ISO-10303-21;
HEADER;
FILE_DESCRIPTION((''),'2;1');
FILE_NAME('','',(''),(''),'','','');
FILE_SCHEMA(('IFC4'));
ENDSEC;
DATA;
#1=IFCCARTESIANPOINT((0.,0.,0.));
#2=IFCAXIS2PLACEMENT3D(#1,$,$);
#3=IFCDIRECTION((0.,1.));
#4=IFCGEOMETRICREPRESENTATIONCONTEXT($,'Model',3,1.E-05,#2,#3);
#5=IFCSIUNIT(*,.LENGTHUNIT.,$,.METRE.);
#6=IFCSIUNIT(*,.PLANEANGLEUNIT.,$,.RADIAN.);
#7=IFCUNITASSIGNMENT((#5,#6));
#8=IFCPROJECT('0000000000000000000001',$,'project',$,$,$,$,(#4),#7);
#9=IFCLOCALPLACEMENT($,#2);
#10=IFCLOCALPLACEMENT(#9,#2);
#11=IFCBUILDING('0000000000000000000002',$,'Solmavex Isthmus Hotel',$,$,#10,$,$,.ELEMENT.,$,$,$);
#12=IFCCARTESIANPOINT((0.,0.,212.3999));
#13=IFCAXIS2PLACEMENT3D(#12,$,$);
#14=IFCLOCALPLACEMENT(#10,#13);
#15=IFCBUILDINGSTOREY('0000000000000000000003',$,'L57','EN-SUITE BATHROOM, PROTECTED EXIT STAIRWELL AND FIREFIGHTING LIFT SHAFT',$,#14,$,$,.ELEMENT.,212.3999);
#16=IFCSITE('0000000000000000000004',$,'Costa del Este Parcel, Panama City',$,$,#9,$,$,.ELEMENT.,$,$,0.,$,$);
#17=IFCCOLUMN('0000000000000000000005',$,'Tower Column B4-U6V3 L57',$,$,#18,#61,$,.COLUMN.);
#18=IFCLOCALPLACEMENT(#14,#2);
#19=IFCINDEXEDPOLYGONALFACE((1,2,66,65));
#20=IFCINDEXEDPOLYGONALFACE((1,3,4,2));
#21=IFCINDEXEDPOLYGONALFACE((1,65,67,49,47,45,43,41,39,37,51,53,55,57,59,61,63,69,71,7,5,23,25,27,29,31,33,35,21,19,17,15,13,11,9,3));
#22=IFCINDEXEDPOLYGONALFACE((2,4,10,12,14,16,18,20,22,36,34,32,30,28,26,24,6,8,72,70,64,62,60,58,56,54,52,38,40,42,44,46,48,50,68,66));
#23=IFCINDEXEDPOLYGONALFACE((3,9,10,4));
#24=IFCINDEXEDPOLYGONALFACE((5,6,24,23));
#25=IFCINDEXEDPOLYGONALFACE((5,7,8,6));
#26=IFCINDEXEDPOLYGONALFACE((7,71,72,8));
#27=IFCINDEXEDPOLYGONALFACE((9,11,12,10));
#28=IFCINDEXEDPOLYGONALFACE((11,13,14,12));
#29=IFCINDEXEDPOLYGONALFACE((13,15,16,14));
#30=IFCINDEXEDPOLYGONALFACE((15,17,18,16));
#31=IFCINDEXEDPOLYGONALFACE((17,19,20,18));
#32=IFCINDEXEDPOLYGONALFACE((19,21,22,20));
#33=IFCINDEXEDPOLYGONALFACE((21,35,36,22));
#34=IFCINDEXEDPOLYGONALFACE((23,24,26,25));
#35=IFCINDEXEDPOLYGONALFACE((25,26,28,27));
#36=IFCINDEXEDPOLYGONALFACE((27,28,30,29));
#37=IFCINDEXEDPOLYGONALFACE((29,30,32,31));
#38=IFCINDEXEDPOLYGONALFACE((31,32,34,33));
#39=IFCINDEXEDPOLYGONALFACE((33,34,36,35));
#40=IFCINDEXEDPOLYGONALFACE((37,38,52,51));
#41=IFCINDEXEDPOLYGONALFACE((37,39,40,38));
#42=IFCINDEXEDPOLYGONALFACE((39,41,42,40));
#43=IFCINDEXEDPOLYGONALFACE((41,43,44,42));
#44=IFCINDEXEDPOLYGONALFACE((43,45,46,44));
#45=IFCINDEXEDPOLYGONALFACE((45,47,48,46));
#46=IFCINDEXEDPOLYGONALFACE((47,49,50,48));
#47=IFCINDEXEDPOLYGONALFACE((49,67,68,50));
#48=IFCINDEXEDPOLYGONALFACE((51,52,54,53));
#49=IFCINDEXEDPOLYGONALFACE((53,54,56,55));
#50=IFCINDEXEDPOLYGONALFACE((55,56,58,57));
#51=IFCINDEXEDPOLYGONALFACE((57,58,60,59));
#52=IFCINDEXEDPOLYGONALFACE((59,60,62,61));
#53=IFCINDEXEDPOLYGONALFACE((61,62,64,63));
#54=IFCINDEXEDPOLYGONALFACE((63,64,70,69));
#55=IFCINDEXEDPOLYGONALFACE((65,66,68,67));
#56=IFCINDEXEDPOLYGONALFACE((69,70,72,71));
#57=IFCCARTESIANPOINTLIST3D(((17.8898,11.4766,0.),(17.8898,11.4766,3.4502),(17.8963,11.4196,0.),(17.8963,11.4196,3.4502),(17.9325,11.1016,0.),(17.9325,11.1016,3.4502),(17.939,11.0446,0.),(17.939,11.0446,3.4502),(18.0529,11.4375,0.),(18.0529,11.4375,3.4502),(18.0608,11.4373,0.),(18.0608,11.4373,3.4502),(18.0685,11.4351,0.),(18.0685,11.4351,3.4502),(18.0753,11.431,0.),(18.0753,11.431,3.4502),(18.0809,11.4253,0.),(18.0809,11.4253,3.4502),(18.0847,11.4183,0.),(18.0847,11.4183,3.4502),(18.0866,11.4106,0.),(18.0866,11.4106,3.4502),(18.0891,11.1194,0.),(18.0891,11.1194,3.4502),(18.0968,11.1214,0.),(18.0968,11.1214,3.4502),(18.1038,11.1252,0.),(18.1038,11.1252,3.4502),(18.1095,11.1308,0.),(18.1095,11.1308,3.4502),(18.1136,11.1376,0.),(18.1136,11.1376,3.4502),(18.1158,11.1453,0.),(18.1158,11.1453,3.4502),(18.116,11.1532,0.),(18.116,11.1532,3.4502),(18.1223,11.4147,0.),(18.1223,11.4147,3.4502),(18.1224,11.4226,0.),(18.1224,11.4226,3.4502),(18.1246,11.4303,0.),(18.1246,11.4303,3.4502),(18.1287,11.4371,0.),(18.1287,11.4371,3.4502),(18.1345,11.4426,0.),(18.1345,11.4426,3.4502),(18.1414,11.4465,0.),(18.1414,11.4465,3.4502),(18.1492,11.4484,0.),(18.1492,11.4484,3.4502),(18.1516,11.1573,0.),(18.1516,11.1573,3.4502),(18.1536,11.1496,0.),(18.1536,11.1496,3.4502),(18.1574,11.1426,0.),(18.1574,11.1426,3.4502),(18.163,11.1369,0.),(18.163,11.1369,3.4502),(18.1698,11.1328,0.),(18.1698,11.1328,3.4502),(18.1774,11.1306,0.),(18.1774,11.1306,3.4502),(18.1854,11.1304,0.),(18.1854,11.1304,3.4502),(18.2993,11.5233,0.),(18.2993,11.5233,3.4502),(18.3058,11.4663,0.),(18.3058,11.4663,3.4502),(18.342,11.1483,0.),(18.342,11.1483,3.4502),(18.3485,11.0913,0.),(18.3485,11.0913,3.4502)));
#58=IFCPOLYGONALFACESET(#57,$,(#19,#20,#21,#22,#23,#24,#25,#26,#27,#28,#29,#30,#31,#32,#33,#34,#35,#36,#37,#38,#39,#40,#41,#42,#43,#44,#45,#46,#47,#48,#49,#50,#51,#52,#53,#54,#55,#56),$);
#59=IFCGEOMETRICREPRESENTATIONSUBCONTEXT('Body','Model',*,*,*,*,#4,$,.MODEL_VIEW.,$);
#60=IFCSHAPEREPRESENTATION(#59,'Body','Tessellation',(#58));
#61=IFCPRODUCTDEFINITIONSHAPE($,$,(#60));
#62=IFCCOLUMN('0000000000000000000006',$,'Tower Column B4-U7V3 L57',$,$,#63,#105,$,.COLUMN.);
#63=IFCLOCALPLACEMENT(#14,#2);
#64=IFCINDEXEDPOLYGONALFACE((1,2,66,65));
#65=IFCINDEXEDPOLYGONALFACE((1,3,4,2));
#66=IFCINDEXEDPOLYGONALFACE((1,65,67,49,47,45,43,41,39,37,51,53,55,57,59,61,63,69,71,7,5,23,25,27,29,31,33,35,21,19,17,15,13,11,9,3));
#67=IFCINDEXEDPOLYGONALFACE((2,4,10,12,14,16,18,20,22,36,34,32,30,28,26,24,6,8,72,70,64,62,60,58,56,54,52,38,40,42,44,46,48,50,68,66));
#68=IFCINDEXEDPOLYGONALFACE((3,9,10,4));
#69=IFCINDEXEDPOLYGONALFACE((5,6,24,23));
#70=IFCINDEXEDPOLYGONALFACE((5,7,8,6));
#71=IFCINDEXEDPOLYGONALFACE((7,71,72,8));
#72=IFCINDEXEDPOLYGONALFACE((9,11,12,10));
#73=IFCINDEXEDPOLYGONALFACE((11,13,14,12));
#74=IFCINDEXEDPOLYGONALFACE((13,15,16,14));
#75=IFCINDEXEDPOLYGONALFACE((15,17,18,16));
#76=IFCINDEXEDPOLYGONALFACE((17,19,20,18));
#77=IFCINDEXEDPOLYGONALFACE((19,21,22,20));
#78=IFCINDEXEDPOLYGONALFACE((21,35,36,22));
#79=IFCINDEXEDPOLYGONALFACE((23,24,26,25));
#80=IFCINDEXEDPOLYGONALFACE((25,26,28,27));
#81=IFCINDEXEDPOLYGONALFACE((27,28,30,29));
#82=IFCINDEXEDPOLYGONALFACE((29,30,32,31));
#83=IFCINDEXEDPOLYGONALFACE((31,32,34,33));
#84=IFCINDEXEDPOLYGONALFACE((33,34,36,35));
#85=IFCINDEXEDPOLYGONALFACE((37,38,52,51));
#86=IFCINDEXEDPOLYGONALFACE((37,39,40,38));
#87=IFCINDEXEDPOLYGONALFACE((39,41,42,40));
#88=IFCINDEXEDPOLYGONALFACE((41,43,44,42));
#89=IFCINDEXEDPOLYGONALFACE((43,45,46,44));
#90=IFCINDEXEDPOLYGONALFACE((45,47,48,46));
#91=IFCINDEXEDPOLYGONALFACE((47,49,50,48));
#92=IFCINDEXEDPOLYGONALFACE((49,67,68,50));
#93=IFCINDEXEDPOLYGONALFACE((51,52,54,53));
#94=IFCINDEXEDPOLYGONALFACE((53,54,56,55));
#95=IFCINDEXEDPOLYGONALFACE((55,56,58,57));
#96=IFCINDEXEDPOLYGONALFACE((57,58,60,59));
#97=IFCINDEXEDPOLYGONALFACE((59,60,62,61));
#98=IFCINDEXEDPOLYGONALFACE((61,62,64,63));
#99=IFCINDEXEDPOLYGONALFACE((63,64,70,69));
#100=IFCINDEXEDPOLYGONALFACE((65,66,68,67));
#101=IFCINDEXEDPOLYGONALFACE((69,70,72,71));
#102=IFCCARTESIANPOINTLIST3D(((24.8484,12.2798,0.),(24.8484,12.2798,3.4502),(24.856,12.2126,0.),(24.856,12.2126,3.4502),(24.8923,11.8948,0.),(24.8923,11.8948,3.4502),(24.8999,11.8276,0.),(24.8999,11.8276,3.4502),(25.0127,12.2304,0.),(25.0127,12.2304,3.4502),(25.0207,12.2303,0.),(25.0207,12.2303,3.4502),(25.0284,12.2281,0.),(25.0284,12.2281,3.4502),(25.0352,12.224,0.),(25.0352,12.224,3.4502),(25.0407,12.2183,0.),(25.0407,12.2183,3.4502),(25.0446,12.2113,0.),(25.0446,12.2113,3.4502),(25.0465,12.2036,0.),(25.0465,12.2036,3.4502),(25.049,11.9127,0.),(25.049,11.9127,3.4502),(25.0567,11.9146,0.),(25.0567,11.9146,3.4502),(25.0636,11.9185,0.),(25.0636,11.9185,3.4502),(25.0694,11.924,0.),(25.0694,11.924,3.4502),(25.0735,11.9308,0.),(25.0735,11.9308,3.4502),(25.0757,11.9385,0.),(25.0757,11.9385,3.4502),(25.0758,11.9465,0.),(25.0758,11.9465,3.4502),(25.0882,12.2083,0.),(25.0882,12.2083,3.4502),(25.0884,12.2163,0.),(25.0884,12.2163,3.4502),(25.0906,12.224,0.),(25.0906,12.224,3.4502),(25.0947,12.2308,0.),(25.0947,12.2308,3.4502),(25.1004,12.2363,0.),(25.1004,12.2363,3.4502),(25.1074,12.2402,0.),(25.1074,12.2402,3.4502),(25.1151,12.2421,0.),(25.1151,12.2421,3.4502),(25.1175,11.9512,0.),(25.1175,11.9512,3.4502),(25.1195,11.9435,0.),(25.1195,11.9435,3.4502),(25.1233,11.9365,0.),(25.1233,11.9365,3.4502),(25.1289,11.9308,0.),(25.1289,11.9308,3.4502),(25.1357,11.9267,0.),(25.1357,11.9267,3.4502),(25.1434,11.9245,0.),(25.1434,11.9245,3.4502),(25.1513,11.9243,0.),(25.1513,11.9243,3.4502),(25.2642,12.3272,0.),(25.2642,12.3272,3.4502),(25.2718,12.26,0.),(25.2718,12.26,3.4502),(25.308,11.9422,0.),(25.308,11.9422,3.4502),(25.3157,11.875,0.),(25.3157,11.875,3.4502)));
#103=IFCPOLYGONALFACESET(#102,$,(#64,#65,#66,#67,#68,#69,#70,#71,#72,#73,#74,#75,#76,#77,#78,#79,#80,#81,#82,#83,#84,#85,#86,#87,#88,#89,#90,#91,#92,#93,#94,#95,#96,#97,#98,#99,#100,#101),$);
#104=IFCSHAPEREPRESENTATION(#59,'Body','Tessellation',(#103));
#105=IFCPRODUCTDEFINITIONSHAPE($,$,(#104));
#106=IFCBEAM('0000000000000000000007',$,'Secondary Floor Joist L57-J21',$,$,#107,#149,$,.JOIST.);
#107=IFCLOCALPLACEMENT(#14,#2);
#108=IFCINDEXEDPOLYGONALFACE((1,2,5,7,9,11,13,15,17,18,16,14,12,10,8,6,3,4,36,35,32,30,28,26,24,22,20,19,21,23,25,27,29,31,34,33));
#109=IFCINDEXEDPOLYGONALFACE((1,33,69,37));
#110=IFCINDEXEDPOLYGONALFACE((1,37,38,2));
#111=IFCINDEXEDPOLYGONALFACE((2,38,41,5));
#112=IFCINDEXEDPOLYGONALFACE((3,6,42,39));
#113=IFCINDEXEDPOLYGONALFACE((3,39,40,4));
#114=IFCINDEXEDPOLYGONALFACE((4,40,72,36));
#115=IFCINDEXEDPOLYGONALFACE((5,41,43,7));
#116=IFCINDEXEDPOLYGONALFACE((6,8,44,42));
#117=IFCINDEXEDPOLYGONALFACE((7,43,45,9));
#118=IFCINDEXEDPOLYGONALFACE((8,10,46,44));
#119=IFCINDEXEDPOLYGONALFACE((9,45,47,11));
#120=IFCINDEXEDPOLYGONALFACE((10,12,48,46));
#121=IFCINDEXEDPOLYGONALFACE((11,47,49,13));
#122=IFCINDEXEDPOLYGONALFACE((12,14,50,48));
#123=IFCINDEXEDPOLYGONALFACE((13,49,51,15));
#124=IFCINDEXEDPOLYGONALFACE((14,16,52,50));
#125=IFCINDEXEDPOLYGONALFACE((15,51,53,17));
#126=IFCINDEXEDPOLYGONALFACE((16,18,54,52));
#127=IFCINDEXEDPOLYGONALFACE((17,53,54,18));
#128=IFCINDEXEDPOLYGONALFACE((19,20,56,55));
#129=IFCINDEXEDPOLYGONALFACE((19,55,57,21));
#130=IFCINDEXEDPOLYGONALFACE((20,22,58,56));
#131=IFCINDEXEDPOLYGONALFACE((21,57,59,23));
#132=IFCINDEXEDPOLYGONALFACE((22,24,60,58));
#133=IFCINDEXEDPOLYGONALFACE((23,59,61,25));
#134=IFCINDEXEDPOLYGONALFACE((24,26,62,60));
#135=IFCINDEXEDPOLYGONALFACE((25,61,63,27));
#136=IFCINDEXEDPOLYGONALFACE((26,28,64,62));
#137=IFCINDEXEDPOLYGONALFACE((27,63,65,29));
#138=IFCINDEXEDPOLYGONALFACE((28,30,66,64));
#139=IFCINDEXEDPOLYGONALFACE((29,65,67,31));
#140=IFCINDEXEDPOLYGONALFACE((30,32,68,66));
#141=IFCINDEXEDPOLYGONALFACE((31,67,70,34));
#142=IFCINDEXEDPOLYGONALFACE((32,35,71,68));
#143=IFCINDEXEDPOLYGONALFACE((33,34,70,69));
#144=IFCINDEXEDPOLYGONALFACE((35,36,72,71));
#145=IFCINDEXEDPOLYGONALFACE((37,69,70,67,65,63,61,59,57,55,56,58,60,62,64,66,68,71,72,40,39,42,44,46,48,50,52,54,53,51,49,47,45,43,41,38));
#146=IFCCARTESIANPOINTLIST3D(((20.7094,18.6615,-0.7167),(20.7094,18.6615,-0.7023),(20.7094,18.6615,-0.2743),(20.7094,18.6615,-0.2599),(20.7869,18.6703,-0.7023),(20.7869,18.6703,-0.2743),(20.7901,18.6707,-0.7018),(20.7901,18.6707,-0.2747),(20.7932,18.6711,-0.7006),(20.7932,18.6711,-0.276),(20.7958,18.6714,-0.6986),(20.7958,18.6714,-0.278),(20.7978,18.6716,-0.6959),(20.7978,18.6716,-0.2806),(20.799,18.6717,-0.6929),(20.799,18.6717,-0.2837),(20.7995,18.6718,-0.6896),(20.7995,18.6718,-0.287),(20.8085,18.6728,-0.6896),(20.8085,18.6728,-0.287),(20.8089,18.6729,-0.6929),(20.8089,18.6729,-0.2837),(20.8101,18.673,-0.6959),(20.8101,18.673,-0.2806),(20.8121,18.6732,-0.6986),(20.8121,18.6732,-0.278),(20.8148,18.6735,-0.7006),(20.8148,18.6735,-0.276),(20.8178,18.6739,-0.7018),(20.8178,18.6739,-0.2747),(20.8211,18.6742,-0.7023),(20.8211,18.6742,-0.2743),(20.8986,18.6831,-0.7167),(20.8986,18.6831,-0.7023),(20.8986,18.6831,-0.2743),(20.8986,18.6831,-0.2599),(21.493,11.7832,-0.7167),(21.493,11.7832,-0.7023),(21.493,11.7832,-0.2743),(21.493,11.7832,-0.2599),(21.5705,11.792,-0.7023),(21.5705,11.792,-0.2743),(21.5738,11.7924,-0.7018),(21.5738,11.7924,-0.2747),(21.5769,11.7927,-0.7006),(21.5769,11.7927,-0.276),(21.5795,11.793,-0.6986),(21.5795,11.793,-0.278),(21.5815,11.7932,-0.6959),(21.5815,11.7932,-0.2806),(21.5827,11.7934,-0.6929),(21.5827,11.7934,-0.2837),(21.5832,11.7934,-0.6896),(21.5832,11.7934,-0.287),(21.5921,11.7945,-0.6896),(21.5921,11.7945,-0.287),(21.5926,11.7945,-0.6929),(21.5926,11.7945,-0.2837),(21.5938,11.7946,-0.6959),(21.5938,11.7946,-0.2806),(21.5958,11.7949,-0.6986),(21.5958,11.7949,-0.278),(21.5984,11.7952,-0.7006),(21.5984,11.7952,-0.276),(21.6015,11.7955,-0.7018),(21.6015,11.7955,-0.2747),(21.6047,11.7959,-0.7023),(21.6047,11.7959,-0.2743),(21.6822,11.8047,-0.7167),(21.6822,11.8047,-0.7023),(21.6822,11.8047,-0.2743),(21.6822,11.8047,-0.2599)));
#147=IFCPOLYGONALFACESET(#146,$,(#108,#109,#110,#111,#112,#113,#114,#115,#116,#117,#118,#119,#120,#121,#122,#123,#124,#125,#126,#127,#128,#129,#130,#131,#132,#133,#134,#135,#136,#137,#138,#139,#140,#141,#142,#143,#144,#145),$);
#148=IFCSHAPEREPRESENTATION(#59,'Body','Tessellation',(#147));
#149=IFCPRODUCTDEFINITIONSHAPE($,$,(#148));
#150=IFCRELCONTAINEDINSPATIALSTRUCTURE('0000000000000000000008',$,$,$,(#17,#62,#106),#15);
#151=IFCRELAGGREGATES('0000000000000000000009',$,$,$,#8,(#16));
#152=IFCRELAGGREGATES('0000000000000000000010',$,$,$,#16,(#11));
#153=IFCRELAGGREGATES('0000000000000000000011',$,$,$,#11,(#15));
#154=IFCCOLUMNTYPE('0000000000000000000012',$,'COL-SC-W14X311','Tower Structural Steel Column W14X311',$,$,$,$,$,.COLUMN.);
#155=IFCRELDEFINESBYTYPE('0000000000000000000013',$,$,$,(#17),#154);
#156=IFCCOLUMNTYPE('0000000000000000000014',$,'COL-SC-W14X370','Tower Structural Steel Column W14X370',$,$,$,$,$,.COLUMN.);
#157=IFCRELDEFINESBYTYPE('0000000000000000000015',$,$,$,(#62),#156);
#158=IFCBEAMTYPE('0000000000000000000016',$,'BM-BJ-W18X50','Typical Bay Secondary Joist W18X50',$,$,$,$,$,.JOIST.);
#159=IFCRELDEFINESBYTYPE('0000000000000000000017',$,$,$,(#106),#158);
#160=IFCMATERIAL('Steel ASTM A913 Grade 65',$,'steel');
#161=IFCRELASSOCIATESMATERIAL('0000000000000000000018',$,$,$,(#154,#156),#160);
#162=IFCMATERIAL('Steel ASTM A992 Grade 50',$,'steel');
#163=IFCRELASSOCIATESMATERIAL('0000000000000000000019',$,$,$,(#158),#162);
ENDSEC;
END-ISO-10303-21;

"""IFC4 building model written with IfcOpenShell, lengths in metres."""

from ifc_helpers import new_model, si_unit, direction, frame, origin, origin_2d, place, context, subcontext, project, spatial, i_section, extrude, material, material_profile, profile_set, type_object, element, save


model = new_model("IFC4")

# Units and contexts
model_context = context("Model", 3, precision=1e-05, world=origin(), true_north=direction((0.0, 1.0)))
body_context = subcontext(model_context, "Body", "Model", "MODEL_VIEW")
ifc_project = project(units=[si_unit("LENGTHUNIT", "METRE"), si_unit("PLANEANGLEUNIT", "RADIAN")], contexts=[model_context])

# Site, building, storey
site_placement = place(None, origin())
site = spatial("IfcSite", under=ifc_project, at=site_placement, Name="Costa del Este Parcel, Panama City", CompositionType="ELEMENT", RefElevation=0.0)
building_placement = place(site_placement, origin())
building = spatial("IfcBuilding", under=site, at=building_placement, Name="Solmavex Isthmus Hotel", CompositionType="ELEMENT")
storey_placement = place(building_placement, frame((0.0, 0.0, 212.3999)))
storey = spatial("IfcBuildingStorey", under=building, at=storey_placement, Name="L57", Description="EN-SUITE BATHROOM, PROTECTED EXIT STAIRWELL AND FIREFIGHTING LIFT SHAFT", CompositionType="ELEMENT", Elevation=212.3999)

# Columns
ifc_material_1 = material(Name="Steel ASTM A913 Grade 65", Category="steel")
ifc_material_profile_1 = material_profile(ifc_material_1, i_section(OverallWidth=0.4121, OverallDepth=0.4348, WebThickness=0.0359, FlangeThickness=0.0574, FilletRadius=0.0305, at=origin_2d()), Name="W14X311")
ifc_profile_set_1 = profile_set([ifc_material_profile_1], Name="Steel ASTM A913 Grade 65")
column_type_1 = type_object("IfcColumnType", Name="COL-SC-W14X311", Description="Tower Structural Steel Column W14X311", PredefinedType="COLUMN", material=ifc_profile_set_1)
column_1_placement = place(storey_placement, frame((18.1191, 11.2839, 0.0), z_axis=(0.0, 0.0, 1.0), x_axis=(0.993572, 0.113203, 0.0)))
element("IfcColumn", 1, at=column_1_placement, inside=storey, type_object=column_type_1, Name="Tower Column B4-U6V3 L57", PredefinedType="COLUMN", context=body_context, shape_type="SweptSolid", body=[
    extrude(i_section(OverallWidth=0.4121, OverallDepth=0.4348, WebThickness=0.0359, FlangeThickness=0.0574, FilletRadius=0.0305, at=origin_2d()), origin(), (0.0, 0.0, 1.0), 3.4502),
])
ifc_material_profile_2 = material_profile(ifc_material_1, i_section(OverallWidth=0.4185, OverallDepth=0.4551, WebThickness=0.042, FlangeThickness=0.0676, FilletRadius=0.0305, at=origin_2d()), Name="W14X370")
ifc_profile_set_2 = profile_set([ifc_material_profile_2], Name="Steel ASTM A913 Grade 65")
column_type_2 = type_object("IfcColumnType", Name="COL-SC-W14X370", Description="Tower Structural Steel Column W14X370", PredefinedType="COLUMN", material=ifc_profile_set_2)
column_2_placement = place(storey_placement, frame((25.082, 12.0774, 0.0), z_axis=(0.0, 0.0, 1.0), x_axis=(0.993572, 0.113203, 0.0)))
element("IfcColumn", 2, at=column_2_placement, inside=storey, type_object=column_type_2, Name="Tower Column B4-U7V3 L57", PredefinedType="COLUMN", context=body_context, shape_type="SweptSolid", body=[
    extrude(i_section(OverallWidth=0.4185, OverallDepth=0.4551, WebThickness=0.042, FlangeThickness=0.0676, FilletRadius=0.0305, at=origin_2d()), origin(), (0.0, 0.0, 1.0), 3.4502),
])

# Beam
ifc_material_2 = material(Name="Steel ASTM A992 Grade 50", Category="steel")
ifc_material_profile_3 = material_profile(ifc_material_2, i_section(OverallWidth=0.1904, OverallDepth=0.4568, WebThickness=0.009, FlangeThickness=0.0144, FilletRadius=0.0127, at=origin_2d()), Name="W18X50")
ifc_profile_set_3 = profile_set([ifc_material_profile_3], Name="Steel ASTM A992 Grade 50")
beam_type_1 = type_object("IfcBeamType", Name="BM-BJ-W18X50", Description="Typical Bay Secondary Joist W18X50", PredefinedType="JOIST", material=ifc_profile_set_3)
beam_1_placement = place(storey_placement, frame((21.5876, 11.7939, -0.4883), z_axis=(-0.113202, 0.993572, 0.0), x_axis=(-0.993572, -0.113202, 0.0)))
element("IfcBeam", 3, at=beam_1_placement, inside=storey, type_object=beam_type_1, Name="Secondary Floor Joist L57-J21", PredefinedType="JOIST", context=body_context, shape_type="SweptSolid", body=[
    extrude(i_section(OverallWidth=0.1904, OverallDepth=0.4568, WebThickness=0.009, FlangeThickness=0.0144, FilletRadius=0.0127, at=origin_2d()), origin(), (0.0, 0.0, 1.0), 6.9229),
])

save(model, "model.ifc")
